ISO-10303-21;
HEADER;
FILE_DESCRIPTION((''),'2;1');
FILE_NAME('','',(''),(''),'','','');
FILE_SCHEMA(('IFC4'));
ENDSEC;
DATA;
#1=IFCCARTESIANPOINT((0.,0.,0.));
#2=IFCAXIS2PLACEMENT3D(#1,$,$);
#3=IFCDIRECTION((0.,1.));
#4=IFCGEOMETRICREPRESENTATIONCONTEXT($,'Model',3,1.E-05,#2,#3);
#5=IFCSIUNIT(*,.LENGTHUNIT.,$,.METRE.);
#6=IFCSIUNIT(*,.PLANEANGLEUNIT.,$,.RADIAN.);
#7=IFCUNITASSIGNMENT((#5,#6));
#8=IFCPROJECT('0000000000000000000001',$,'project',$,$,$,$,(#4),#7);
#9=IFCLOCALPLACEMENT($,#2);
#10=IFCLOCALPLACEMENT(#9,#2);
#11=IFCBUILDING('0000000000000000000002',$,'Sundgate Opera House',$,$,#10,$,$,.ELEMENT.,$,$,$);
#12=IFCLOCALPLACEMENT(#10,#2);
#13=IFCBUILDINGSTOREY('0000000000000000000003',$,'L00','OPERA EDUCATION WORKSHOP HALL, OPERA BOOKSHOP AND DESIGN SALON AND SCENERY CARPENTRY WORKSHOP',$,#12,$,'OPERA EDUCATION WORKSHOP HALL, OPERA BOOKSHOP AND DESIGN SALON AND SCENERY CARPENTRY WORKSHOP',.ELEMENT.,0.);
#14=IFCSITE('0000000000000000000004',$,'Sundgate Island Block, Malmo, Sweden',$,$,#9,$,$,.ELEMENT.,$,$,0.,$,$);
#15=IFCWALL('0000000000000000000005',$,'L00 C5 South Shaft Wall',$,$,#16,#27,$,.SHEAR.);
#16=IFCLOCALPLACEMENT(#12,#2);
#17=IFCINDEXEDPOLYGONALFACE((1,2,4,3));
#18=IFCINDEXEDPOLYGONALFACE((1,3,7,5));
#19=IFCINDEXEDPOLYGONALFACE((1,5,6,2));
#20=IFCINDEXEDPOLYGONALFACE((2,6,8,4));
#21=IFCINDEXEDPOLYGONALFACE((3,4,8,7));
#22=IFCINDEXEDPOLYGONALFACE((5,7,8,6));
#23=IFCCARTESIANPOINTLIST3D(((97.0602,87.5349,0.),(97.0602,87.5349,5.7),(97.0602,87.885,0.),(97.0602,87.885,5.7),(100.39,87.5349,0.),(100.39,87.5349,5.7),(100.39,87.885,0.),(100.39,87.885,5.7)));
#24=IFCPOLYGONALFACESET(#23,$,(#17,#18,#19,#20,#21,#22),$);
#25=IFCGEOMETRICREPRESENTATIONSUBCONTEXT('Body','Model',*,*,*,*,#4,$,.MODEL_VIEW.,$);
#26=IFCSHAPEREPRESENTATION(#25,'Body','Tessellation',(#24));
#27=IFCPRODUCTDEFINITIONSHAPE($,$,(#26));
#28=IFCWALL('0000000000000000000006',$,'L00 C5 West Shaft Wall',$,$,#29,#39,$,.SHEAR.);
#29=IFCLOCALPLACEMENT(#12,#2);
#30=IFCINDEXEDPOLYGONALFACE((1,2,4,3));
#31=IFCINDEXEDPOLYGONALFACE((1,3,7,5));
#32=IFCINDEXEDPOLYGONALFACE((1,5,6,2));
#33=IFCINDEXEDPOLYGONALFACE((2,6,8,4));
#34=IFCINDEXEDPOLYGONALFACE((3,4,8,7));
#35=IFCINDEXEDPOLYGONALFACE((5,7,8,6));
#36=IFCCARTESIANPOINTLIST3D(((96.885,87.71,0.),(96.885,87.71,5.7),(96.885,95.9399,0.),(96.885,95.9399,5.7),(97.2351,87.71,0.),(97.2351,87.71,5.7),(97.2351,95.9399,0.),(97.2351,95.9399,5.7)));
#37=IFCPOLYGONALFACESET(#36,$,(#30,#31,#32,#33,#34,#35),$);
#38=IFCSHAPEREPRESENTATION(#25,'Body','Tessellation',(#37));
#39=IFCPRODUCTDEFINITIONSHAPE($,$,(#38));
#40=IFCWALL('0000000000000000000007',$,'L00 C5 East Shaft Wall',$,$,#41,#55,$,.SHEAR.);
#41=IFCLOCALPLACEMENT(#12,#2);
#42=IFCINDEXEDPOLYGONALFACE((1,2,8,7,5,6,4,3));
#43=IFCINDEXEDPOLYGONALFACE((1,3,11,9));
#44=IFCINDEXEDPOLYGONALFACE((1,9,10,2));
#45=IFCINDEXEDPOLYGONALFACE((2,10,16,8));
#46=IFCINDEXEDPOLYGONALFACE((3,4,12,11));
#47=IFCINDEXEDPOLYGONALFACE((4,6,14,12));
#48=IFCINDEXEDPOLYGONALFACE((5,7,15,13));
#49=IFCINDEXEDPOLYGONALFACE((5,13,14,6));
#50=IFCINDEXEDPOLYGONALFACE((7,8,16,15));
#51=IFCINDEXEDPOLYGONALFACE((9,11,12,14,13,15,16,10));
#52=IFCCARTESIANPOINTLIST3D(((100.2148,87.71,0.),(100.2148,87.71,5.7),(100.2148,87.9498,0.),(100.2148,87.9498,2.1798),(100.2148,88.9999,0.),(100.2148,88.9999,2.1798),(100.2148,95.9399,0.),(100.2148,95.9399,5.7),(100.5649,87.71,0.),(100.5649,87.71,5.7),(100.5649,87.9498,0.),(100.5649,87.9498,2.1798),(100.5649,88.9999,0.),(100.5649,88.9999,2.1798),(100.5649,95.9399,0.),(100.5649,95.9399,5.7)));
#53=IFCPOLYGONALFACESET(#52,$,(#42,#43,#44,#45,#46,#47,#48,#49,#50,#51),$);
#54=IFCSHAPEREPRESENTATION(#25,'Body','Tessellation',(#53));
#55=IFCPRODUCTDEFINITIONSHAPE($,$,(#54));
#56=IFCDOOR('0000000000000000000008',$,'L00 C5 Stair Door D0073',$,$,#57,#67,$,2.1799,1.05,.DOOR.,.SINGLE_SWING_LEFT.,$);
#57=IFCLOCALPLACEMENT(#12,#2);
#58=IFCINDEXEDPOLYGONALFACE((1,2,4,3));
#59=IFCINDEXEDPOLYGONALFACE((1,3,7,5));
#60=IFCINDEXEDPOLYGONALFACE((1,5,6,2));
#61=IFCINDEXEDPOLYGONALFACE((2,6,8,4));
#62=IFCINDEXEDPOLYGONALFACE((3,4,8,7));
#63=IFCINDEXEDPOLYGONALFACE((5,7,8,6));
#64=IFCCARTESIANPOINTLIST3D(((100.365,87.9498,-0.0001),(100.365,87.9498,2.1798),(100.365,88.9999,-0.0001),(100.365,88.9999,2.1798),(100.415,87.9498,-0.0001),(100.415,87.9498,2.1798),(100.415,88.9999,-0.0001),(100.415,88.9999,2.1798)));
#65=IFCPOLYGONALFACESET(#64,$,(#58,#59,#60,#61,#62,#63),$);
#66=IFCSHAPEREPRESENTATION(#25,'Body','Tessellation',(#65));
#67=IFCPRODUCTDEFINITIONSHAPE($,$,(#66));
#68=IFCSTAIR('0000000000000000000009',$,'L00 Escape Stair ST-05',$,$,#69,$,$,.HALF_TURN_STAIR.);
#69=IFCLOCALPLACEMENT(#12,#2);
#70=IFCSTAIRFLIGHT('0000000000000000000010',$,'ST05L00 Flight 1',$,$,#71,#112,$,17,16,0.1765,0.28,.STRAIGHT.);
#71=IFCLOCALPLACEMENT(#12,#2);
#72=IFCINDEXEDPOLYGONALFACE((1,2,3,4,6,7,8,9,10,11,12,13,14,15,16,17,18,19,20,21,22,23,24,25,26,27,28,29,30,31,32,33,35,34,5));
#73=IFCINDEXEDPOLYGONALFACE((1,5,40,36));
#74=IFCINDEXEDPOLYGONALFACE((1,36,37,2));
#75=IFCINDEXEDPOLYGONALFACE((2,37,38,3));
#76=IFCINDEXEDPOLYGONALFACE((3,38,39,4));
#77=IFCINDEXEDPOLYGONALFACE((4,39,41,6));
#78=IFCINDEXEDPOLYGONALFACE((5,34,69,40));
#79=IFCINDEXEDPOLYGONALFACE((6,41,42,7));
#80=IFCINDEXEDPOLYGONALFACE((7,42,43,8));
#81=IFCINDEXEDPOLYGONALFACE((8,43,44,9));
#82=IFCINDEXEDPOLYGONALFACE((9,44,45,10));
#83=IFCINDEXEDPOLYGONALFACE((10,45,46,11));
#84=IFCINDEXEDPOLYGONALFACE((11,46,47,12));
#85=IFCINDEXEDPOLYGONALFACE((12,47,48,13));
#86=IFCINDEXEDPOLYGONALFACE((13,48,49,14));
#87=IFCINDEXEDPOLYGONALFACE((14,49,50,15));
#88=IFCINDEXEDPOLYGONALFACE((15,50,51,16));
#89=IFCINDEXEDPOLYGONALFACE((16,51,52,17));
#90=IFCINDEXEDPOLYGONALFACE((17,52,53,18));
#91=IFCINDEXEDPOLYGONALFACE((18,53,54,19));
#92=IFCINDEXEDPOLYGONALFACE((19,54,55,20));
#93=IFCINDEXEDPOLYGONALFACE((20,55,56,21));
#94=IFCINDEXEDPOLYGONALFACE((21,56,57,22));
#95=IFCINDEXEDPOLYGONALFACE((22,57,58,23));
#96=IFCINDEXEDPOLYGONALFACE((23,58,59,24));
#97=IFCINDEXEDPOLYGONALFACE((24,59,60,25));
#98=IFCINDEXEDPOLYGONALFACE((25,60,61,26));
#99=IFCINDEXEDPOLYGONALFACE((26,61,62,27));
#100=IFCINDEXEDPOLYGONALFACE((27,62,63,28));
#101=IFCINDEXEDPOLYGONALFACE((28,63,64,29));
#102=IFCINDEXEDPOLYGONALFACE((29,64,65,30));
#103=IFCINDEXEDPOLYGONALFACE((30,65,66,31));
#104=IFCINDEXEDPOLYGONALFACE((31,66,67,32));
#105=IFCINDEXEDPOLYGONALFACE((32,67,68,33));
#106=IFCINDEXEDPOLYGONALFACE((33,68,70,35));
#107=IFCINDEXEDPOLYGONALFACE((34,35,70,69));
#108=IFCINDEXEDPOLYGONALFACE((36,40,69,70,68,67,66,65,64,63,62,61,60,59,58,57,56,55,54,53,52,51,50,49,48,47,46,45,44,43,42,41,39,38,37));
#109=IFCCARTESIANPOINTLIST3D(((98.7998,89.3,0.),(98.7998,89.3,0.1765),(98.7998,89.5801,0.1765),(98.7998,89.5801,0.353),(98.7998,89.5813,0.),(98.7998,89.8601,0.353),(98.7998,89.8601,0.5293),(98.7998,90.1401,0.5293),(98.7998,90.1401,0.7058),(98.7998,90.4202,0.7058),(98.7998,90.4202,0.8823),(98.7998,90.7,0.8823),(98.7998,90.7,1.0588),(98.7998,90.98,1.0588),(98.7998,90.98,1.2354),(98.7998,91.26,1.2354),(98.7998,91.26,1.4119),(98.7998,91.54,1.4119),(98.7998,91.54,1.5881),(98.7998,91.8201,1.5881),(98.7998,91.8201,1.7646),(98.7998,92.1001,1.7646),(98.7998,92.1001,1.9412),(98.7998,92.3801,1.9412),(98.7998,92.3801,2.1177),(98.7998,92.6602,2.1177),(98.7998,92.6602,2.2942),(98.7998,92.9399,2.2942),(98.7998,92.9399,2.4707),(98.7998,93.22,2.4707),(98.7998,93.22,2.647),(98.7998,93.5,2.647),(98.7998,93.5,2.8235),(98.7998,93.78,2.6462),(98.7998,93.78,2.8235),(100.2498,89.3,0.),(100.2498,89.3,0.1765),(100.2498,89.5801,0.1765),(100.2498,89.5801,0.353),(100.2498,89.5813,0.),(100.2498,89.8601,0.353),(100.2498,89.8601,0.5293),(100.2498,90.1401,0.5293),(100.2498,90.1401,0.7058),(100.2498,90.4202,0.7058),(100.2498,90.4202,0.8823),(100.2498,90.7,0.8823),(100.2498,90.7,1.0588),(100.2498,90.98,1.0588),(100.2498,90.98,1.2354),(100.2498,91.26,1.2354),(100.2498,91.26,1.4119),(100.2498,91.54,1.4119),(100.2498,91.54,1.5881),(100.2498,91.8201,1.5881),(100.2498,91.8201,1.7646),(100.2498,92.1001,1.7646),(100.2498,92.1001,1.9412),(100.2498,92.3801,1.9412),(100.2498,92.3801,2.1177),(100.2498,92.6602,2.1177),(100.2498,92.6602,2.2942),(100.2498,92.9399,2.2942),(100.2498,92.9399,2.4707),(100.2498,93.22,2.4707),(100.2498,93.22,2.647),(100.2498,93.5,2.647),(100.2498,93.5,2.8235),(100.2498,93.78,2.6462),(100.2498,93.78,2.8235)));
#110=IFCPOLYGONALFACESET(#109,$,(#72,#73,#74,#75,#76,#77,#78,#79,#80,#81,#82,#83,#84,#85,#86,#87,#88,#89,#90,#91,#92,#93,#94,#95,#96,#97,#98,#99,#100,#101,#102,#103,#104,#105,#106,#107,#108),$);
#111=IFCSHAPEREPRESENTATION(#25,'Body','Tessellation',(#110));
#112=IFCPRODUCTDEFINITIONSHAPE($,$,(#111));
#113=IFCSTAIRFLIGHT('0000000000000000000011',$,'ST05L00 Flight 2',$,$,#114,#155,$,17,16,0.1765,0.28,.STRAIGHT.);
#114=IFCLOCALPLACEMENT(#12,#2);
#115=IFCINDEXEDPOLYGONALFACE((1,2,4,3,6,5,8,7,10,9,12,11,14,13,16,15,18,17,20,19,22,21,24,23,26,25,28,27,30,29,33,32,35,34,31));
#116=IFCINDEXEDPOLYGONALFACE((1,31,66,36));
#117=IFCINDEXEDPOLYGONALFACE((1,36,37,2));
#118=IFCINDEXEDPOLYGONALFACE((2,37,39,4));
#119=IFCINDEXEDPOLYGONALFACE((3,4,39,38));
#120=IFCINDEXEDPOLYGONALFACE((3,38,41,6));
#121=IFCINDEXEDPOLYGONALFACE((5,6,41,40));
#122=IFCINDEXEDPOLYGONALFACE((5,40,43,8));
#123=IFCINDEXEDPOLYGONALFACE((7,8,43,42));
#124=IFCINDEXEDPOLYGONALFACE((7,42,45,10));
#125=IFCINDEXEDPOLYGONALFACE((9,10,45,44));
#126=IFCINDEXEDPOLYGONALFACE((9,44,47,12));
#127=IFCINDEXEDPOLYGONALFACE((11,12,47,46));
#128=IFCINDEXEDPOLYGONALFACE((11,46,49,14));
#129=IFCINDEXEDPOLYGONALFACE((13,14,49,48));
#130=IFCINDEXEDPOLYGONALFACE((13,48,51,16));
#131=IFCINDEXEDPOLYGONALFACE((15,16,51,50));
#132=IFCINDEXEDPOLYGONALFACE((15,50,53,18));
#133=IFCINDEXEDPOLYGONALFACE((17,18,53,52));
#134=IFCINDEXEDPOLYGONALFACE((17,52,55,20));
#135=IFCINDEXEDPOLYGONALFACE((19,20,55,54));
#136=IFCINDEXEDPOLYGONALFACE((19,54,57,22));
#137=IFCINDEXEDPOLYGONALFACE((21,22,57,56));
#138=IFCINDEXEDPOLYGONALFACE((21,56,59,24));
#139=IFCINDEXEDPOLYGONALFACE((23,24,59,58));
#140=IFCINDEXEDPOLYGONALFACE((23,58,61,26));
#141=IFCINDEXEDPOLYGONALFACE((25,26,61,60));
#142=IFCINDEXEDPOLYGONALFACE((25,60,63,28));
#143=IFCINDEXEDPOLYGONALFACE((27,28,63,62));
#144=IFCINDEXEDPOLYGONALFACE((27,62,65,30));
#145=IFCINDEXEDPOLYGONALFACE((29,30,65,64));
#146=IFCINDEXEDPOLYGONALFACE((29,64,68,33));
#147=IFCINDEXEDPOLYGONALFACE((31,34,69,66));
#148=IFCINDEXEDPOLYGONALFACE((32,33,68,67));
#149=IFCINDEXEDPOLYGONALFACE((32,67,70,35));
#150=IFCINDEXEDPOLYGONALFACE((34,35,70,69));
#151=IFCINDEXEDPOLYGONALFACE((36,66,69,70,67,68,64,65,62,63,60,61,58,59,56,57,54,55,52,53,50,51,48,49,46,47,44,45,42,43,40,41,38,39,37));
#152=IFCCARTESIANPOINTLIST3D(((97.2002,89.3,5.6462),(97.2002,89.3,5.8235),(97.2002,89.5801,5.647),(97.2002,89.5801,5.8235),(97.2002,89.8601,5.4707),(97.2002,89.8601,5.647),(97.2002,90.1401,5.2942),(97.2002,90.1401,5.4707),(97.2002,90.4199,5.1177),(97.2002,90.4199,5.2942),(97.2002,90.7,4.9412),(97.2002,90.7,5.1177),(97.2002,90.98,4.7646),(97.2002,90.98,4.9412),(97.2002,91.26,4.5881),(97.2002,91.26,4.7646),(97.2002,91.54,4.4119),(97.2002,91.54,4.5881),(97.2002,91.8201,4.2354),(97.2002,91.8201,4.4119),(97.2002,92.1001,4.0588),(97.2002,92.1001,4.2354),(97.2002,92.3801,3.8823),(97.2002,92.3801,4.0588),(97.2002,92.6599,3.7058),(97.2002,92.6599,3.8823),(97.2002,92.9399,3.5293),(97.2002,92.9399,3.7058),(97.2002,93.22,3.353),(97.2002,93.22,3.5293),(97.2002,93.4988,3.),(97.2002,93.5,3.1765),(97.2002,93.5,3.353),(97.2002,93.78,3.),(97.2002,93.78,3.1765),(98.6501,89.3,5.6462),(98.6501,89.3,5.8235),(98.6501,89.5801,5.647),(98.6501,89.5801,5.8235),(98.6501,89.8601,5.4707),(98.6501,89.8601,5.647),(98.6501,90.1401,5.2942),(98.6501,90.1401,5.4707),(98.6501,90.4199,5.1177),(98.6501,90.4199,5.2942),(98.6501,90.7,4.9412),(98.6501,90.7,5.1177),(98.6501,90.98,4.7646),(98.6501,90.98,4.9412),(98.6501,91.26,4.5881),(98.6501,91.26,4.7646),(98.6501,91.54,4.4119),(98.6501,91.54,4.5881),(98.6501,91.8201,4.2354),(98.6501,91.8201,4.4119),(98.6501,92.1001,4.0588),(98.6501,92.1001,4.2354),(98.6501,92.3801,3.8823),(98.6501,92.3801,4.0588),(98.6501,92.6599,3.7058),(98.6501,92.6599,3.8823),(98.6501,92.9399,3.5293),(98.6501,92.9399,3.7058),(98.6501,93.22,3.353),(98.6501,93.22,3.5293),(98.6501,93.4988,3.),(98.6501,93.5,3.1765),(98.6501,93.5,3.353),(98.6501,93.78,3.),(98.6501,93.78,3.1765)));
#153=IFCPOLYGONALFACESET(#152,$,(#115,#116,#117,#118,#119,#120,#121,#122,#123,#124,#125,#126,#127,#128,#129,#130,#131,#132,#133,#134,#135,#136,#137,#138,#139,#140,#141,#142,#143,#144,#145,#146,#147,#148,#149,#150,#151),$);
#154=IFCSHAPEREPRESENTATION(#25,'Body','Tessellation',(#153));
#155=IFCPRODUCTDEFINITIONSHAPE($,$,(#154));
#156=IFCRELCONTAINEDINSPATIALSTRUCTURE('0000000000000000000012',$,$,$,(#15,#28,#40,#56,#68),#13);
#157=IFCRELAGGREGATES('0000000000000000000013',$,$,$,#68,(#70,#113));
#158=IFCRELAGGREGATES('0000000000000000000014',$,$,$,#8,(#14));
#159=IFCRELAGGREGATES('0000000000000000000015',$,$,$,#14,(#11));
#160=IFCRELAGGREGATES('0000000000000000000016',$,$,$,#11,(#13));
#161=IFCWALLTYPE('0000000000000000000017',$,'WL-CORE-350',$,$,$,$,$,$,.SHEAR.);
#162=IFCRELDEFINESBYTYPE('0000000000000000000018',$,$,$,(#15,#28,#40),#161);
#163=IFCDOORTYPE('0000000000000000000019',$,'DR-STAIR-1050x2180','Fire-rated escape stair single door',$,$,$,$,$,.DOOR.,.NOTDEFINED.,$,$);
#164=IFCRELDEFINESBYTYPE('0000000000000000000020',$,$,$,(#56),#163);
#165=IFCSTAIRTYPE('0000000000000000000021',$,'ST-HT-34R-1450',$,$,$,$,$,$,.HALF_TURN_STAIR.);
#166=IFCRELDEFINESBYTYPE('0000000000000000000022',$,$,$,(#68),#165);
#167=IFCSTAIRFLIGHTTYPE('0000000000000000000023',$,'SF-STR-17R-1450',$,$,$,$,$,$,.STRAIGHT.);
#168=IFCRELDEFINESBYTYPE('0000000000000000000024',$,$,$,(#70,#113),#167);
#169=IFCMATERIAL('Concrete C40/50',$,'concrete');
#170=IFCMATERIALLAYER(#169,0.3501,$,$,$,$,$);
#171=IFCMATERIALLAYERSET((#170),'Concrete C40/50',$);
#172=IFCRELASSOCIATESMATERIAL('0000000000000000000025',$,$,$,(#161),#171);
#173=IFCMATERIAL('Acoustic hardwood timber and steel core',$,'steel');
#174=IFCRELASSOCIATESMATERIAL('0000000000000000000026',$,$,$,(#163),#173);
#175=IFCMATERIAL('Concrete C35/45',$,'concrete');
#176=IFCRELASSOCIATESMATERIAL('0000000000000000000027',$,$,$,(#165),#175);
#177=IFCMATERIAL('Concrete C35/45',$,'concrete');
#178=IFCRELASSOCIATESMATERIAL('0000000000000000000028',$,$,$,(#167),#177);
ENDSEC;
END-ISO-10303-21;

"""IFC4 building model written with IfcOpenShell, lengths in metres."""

from ifc_helpers import new_model, si_unit, direction, frame, frame_2d, origin, place, context, subcontext, project, spatial, polyline, rectangle, outline, extrude, material, layer, layer_set, type_object, element, fill, aggregate, save


model = new_model("IFC4")

# Units and contexts
model_context = context("Model", 3, precision=1e-05, world=origin(), true_north=direction((0.0, 1.0)))
body_context = subcontext(model_context, "Body", "Model", "MODEL_VIEW")
ifc_project = project(units=[si_unit("LENGTHUNIT", "METRE"), si_unit("PLANEANGLEUNIT", "RADIAN")], contexts=[model_context])

# Site, building, storey
site_placement = place(None, origin())
site = spatial("IfcSite", under=ifc_project, at=site_placement, Name="Sundgate Island Block, Malmo, Sweden", CompositionType="ELEMENT", RefElevation=0.0)
building_placement = place(site_placement, origin())
building = spatial("IfcBuilding", under=site, at=building_placement, Name="Sundgate Opera House", CompositionType="ELEMENT")
storey_placement = place(building_placement, origin())
storey = spatial("IfcBuildingStorey", under=building, at=storey_placement, Name="L00", Description="OPERA EDUCATION WORKSHOP HALL, OPERA BOOKSHOP AND DESIGN SALON AND SCENERY CARPENTRY WORKSHOP", LongName="OPERA EDUCATION WORKSHOP HALL, OPERA BOOKSHOP AND DESIGN SALON AND SCENERY CARPENTRY WORKSHOP", CompositionType="ELEMENT", Elevation=0.0)

# Walls
ifc_material_1 = material(Name="Concrete C40/50", Category="concrete")
ifc_layer_1 = layer(ifc_material_1, 0.3501)
ifc_layer_set_1 = layer_set([ifc_layer_1], Name="Concrete C40/50")
wall_type_1 = type_object("IfcWallType", Name="WL-CORE-350", PredefinedType="SHEAR", material=ifc_layer_set_1)
wall_1_placement = place(storey_placement, frame((97.0601, 87.71, 0.0), z_axis=(0.0, 0.0, 1.0), x_axis=(1.0, 0.0, 0.0)))
element("IfcWall", 1, at=wall_1_placement, inside=storey, type_object=wall_type_1, Name="L00 C5 South Shaft Wall", PredefinedType="SHEAR", context=body_context, shape_type="SweptSolid", body=[
    extrude(rectangle(XDim=3.3298, YDim=0.3501, at=frame_2d((1.665, 0.0))), origin(), (0.0, 0.0, 1.0), 5.7),
])
wall_2_placement = place(storey_placement, frame((97.0601, 87.71, 0.0), z_axis=(0.0, 0.0, 1.0), x_axis=(0.0, 1.0, 0.0)))
element("IfcWall", 2, at=wall_2_placement, inside=storey, type_object=wall_type_1, Name="L00 C5 West Shaft Wall", PredefinedType="SHEAR", context=body_context, shape_type="SweptSolid", body=[
    extrude(rectangle(XDim=8.23, YDim=0.3501, at=frame_2d((4.115, 0.0))), origin(), (0.0, 0.0, 1.0), 5.7),
])

# Wall, opening, door
wall_3_placement = place(storey_placement, frame((100.3899, 87.71, 0.0), z_axis=(0.0, 0.0, 1.0), x_axis=(0.0, 1.0, 0.0)))
wall_3 = element("IfcWall", 3, at=wall_3_placement, inside=storey, type_object=wall_type_1, Name="L00 C5 East Shaft Wall", PredefinedType="SHEAR", context=body_context, shape_type="SweptSolid", body=[
    extrude(rectangle(XDim=8.23, YDim=0.3501, at=frame_2d((4.115, 0.0))), origin(), (0.0, 0.0, 1.0), 5.7),
])
opening_1_placement = place(wall_3_placement, frame((0.24, 0.0, 0.0)))
opening_1 = element("IfcOpeningElement", 4, at=opening_1_placement, cuts=wall_3, PredefinedType="OPENING", context=body_context, shape_type="SweptSolid", body=[
    extrude(rectangle(XDim=1.05, YDim=2.1799, at=frame_2d((0.5249, 1.0898))), frame((0.0, 0.1851, 0.0), z_axis=(0.0, -1.0, 0.0), x_axis=(1.0, 0.0, 0.0)), (0.0, 0.0, 1.0), 0.3701),
])
ifc_material_2 = material(Name="Acoustic hardwood timber and steel core", Category="steel")
door_type_1 = type_object("IfcDoorType", Name="DR-STAIR-1050x2180", Description="Fire-rated escape stair single door", OperationType="NOTDEFINED", PredefinedType="DOOR", material=ifc_material_2)
door_1_placement = place(opening_1_placement, origin())
door_1 = element("IfcDoor", 5, at=door_1_placement, inside=storey, type_object=door_type_1, Name="L00 C5 Stair Door D0073", OperationType="SINGLE_SWING_LEFT", OverallHeight=2.1799, OverallWidth=1.05, PredefinedType="DOOR", context=body_context, shape_type="SweptSolid", body=[
    extrude(rectangle(XDim=1.05, YDim=2.1799, at=frame_2d((0.5249, 1.0898))), frame((0.0, 0.0249, 0.0), z_axis=(0.0, -1.0, 0.0), x_axis=(1.0, 0.0, 0.0)), (0.0, 0.0, 1.0), 0.05),
])
fill(opening_1, door_1)

# Stair, stair flights
ifc_material_3 = material(Name="Concrete C35/45", Category="concrete")
stair_type = type_object("IfcStairType", Name="ST-HT-34R-1450", PredefinedType="HALF_TURN_STAIR", material=ifc_material_3)
stair_placement = place(storey_placement, origin())
stair = element("IfcStair", 6, at=stair_placement, inside=storey, type_object=stair_type, Name="L00 Escape Stair ST-05", PredefinedType="HALF_TURN_STAIR")
ifc_material_4 = material(Name="Concrete C35/45", Category="concrete")
stair_flight_type = type_object("IfcStairFlightType", Name="SF-STR-17R-1450", PredefinedType="STRAIGHT", material=ifc_material_4)
stair_flight_1_placement = place(storey_placement, frame((99.5249, 89.3, 0.0), z_axis=(0.0, 0.0, 1.0), x_axis=(0.0, 1.0, 0.0)))
stair_flight_1 = element("IfcStairFlight", 7, at=stair_flight_1_placement, type_object=stair_flight_type, Name="ST05L00 Flight 1", NumberOfRisers=17, NumberOfTreads=16, PredefinedType="STRAIGHT", RiserHeight=0.1765, TreadLength=0.28, context=body_context, shape_type="SweptSolid", body=[
    extrude(outline(polyline([(0.0, 0.0), (0.0, 0.1765), (0.28, 0.1765), (0.28, 0.353), (0.5601, 0.353), (0.5601, 0.5293), (0.8401, 0.5293), (0.8401, 0.7058), (1.1201, 0.7058), (1.1201, 0.8823), (1.3999, 0.8823), (1.3999, 1.0588), (1.6799, 1.0588), (1.6799, 1.2354), (1.96, 1.2354), (1.96, 1.4119), (2.24, 1.4119), (2.24, 1.5881), (2.52, 1.5881), (2.52, 1.7646), (2.8, 1.7646), (2.8, 1.9412), (3.0801, 1.9412), (3.0801, 2.1177), (3.3601, 2.1177), (3.3601, 2.2942), (3.6399, 2.2942), (3.6399, 2.4707), (3.9199, 2.4707), (3.9199, 2.647), (4.2, 2.647), (4.2, 2.8235), (4.48, 2.8235), (4.48, 3.0), (4.48, 2.6462), (0.2812, 0.0), (0.0, 0.0)])), frame((0.0, 0.7251, 0.0), z_axis=(0.0, -1.0, 0.0), x_axis=(1.0, 0.0, 0.0)), (0.0, 0.0, 1.0), 1.45),
])
stair_flight_2_placement = place(storey_placement, frame((97.925, 93.78, 3.0), z_axis=(0.0, 0.0, 1.0), x_axis=(0.0, -1.0, 0.0)))
stair_flight_2 = element("IfcStairFlight", 8, at=stair_flight_2_placement, type_object=stair_flight_type, Name="ST05L00 Flight 2", NumberOfRisers=17, NumberOfTreads=16, PredefinedType="STRAIGHT", RiserHeight=0.1765, TreadLength=0.28, context=body_context, shape_type="SweptSolid", body=[
    extrude(outline(polyline([(0.0, 0.0), (0.0, 0.1765), (0.28, 0.1765), (0.28, 0.353), (0.5601, 0.353), (0.5601, 0.5293), (0.8401, 0.5293), (0.8401, 0.7058), (1.1201, 0.7058), (1.1201, 0.8823), (1.3999, 0.8823), (1.3999, 1.0588), (1.6799, 1.0588), (1.6799, 1.2354), (1.96, 1.2354), (1.96, 1.4119), (2.24, 1.4119), (2.24, 1.5881), (2.52, 1.5881), (2.52, 1.7646), (2.8, 1.7646), (2.8, 1.9412), (3.0801, 1.9412), (3.0801, 2.1177), (3.3601, 2.1177), (3.3601, 2.2942), (3.6399, 2.2942), (3.6399, 2.4707), (3.9199, 2.4707), (3.9199, 2.647), (4.2, 2.647), (4.2, 2.8235), (4.48, 2.8235), (4.48, 3.0), (4.48, 2.6462), (0.2812, 0.0), (0.0, 0.0)])), frame((0.0, 0.7251, 0.0), z_axis=(0.0, -1.0, 0.0), x_axis=(1.0, 0.0, 0.0)), (0.0, 0.0, 1.0), 1.45),
])
aggregate(stair, [stair_flight_1, stair_flight_2])

save(model, "model.ifc")
